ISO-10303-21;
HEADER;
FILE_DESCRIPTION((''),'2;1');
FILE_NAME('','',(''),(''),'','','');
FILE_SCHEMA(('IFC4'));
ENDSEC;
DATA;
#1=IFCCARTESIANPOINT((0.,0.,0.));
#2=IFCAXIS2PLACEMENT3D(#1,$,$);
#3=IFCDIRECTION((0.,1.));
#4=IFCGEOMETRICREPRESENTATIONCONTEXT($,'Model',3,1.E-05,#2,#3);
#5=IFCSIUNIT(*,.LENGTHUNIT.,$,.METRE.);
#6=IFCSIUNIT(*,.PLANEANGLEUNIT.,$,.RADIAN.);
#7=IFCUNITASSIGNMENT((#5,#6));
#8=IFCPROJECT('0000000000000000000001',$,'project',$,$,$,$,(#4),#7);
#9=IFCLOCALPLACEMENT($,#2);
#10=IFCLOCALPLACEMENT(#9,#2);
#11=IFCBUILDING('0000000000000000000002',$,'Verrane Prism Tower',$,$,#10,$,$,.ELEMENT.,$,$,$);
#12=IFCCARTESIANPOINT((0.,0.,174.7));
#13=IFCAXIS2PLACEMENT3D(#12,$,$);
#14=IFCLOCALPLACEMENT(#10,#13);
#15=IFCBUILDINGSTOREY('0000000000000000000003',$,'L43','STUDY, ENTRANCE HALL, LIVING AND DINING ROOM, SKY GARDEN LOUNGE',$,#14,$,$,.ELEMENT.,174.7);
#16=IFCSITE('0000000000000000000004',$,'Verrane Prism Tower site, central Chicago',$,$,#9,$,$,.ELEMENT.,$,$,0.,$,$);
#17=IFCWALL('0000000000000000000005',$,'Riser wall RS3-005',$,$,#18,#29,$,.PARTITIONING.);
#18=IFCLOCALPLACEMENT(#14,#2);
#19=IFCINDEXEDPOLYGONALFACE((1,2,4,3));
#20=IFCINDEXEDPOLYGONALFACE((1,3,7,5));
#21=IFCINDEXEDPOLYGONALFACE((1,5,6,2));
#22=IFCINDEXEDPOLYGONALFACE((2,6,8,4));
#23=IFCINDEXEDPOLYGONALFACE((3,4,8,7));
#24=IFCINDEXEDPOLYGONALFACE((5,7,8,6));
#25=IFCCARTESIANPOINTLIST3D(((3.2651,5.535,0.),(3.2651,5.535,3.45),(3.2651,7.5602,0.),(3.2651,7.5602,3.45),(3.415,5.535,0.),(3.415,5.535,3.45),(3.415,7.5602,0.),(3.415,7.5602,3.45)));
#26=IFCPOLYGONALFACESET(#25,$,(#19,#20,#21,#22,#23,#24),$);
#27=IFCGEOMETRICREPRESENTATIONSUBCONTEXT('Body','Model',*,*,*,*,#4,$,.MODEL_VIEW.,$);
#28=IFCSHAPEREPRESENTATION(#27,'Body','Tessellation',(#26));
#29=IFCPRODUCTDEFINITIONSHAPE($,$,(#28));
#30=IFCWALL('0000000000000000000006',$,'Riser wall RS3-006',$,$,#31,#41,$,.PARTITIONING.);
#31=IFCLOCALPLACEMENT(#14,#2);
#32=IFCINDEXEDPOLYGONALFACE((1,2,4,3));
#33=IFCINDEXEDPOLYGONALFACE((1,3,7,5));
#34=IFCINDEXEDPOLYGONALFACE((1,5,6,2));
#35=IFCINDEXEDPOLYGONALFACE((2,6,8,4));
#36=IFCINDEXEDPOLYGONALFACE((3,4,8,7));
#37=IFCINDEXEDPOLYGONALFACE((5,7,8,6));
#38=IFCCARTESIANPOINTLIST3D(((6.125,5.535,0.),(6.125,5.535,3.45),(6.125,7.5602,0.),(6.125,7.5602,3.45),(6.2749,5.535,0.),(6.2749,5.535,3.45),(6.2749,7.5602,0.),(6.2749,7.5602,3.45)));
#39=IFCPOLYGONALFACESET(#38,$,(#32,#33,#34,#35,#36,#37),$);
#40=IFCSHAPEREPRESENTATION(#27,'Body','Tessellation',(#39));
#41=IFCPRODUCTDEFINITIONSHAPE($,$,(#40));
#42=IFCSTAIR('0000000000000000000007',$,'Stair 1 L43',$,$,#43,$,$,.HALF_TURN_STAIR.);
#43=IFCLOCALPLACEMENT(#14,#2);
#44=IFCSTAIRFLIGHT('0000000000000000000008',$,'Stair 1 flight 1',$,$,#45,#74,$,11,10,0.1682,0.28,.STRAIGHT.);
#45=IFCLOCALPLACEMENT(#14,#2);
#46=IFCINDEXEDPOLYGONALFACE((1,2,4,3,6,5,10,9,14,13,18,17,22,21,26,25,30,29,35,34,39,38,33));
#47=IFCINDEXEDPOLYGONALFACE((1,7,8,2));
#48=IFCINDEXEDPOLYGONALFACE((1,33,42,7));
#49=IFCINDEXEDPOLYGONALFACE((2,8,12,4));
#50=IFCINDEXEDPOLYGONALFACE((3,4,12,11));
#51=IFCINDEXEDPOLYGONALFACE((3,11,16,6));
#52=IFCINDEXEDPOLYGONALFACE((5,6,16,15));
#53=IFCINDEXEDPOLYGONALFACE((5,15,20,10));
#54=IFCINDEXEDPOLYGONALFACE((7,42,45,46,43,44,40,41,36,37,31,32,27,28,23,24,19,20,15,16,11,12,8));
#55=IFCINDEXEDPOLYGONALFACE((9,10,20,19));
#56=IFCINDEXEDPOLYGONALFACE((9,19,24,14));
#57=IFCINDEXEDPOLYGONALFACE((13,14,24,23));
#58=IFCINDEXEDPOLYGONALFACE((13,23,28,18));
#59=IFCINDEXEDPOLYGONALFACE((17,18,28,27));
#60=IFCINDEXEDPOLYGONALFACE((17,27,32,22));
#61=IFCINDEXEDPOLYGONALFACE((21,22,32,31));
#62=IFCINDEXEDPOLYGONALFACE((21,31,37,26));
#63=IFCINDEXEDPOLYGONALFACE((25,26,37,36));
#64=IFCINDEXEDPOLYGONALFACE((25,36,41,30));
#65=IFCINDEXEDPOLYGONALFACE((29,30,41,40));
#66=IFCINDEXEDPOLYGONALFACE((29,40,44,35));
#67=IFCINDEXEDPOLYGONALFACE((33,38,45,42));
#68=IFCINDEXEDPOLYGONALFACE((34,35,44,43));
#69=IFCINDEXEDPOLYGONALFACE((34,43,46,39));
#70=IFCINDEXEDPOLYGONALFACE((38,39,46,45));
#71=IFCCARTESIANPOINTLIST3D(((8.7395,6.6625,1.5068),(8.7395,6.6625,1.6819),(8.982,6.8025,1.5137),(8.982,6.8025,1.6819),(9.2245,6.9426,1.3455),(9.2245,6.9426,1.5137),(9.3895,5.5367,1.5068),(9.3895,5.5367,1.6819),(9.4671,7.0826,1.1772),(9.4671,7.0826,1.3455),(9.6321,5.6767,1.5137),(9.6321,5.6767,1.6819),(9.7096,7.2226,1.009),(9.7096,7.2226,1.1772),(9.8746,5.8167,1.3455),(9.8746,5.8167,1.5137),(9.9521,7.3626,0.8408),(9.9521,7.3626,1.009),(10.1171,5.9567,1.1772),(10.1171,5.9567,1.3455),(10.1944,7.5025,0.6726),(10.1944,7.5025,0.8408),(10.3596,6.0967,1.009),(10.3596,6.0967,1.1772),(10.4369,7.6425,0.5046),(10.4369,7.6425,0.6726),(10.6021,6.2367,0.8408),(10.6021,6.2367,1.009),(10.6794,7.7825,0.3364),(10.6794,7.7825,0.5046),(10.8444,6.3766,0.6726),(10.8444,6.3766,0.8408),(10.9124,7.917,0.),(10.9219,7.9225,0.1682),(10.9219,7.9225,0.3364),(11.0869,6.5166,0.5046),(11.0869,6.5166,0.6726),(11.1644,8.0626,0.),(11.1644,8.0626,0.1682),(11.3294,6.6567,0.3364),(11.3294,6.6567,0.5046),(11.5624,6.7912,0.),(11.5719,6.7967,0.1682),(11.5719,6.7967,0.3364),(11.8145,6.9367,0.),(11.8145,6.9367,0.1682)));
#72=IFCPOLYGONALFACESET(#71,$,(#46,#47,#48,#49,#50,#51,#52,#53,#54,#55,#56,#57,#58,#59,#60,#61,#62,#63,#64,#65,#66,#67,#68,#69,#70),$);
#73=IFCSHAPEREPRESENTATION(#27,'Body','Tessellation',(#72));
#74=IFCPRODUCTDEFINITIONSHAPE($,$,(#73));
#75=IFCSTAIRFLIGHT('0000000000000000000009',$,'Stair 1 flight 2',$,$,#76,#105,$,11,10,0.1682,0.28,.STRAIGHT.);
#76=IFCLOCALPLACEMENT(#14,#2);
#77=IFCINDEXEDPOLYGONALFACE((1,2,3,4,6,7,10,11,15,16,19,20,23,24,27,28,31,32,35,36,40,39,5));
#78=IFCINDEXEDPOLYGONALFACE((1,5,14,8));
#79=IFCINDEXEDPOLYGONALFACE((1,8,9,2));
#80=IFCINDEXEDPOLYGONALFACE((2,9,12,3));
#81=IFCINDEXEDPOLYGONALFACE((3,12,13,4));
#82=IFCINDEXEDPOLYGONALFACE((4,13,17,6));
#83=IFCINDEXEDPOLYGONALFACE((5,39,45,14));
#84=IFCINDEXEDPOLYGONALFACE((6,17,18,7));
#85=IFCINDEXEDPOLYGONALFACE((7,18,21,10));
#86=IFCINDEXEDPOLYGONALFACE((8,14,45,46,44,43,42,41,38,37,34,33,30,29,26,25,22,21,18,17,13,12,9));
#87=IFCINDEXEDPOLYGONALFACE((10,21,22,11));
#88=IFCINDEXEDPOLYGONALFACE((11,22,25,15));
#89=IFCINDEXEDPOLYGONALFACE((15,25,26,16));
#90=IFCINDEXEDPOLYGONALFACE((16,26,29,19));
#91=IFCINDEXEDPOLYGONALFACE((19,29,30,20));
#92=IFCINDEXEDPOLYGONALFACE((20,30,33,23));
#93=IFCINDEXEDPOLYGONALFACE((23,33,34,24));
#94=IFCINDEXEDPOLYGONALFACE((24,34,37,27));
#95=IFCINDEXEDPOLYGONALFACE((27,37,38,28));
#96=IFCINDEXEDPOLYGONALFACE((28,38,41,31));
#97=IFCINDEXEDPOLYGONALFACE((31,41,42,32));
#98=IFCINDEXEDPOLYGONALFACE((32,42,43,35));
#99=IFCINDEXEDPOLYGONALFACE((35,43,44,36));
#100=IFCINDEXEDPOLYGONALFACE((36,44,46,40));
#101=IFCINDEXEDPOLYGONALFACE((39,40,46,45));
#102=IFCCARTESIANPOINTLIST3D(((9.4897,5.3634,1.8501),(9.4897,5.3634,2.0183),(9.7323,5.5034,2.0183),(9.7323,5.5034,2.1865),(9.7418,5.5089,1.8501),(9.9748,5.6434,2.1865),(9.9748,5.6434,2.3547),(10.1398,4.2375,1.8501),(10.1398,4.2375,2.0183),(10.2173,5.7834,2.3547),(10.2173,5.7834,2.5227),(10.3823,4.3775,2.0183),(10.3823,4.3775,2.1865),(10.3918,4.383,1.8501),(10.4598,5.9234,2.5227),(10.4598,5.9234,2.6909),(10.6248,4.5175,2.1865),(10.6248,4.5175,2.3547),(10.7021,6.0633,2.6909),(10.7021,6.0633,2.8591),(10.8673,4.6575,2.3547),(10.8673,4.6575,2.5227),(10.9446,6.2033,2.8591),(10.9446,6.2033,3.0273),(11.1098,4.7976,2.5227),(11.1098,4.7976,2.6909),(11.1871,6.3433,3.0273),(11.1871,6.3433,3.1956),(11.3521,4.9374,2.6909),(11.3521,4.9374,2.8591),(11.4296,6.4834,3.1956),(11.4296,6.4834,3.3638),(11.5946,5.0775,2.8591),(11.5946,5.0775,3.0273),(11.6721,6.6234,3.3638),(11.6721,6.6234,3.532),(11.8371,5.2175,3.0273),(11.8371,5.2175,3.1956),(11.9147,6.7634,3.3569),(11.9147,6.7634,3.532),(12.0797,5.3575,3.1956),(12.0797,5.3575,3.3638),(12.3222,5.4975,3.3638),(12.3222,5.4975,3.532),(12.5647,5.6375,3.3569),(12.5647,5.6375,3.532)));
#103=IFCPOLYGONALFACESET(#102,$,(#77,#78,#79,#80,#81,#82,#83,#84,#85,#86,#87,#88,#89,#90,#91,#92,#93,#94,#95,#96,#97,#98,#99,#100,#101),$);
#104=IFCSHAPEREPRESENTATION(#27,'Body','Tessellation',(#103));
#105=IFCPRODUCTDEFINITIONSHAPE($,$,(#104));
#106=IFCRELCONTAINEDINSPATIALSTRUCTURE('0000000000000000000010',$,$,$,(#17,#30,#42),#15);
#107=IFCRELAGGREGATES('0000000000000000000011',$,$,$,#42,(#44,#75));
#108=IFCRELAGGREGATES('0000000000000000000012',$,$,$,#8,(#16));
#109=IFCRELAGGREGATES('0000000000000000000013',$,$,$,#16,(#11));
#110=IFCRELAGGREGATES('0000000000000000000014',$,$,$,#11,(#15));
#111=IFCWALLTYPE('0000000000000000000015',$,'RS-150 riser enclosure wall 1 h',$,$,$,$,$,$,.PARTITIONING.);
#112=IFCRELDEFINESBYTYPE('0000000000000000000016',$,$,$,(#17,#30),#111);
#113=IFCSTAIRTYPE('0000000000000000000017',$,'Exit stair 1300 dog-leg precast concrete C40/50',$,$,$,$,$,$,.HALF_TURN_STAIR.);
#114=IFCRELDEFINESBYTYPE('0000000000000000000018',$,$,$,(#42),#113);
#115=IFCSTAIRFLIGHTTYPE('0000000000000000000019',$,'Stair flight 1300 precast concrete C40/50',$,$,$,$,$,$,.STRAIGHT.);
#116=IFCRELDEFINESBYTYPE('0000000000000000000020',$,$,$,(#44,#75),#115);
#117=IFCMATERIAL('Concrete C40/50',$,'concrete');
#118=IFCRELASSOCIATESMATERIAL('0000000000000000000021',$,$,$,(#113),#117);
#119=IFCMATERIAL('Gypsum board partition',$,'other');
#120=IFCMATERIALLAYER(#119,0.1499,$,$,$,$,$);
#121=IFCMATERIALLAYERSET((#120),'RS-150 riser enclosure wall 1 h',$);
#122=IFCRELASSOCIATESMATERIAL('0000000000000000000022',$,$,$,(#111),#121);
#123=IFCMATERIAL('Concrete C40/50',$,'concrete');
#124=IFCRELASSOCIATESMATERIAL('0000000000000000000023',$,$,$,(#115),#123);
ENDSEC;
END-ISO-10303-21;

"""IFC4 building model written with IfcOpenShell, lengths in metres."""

from ifc_helpers import new_model, si_unit, direction, frame, frame_2d, origin, place, context, subcontext, project, spatial, polyline, rectangle, outline, extrude, material, layer, layer_set, type_object, element, aggregate, save


model = new_model("IFC4")

# Units and contexts
model_context = context("Model", 3, precision=1e-05, world=origin(), true_north=direction((0.0, 1.0)))
body_context = subcontext(model_context, "Body", "Model", "MODEL_VIEW")
ifc_project = project(units=[si_unit("LENGTHUNIT", "METRE"), si_unit("PLANEANGLEUNIT", "RADIAN")], contexts=[model_context])

# Site, building, storey
site_placement = place(None, origin())
site = spatial("IfcSite", under=ifc_project, at=site_placement, Name="Verrane Prism Tower site, central Chicago", CompositionType="ELEMENT", RefElevation=0.0)
building_placement = place(site_placement, origin())
building = spatial("IfcBuilding", under=site, at=building_placement, Name="Verrane Prism Tower", CompositionType="ELEMENT")
storey_placement = place(building_placement, frame((0.0, 0.0, 174.7)))
storey = spatial("IfcBuildingStorey", under=building, at=storey_placement, Name="L43", Description="STUDY, ENTRANCE HALL, LIVING AND DINING ROOM, SKY GARDEN LOUNGE", CompositionType="ELEMENT", Elevation=174.7)

# Shared definitions
ifc_material_1 = material(Name="Concrete C40/50", Category="concrete")
stair_type = type_object("IfcStairType", Name="Exit stair 1300 dog-leg precast concrete C40/50", PredefinedType="HALF_TURN_STAIR", material=ifc_material_1)

# Shared definitions
ifc_material_2 = material(Name="Gypsum board partition", Category="other")
ifc_layer_1 = layer(ifc_material_2, 0.1499)
ifc_layer_set_1 = layer_set([ifc_layer_1], Name="RS-150 riser enclosure wall 1 h")
wall_type_1 = type_object("IfcWallType", Name="RS-150 riser enclosure wall 1 h", PredefinedType="PARTITIONING", material=ifc_layer_set_1)

# Walls
for number, where, z_axis, x_axis, name in (
    (1, (3.3401, 5.5349, 0.0), (0.0, 0.0, 1.0), (0.0, 1.0, 0.0), "Riser wall RS3-005"),
    (2, (6.2, 5.5349, 0.0), (0.0, 0.0, 1.0), (0.0, 1.0, 0.0), "Riser wall RS3-006"),
):
    element("IfcWall", number, at=place(storey_placement, frame(where, z_axis=z_axis, x_axis=x_axis)), inside=storey, type_object=wall_type_1, Name=name, PredefinedType="PARTITIONING", context=body_context, shape_type="SweptSolid", body=[
        extrude(rectangle(XDim=2.0251, YDim=0.1499, at=frame_2d((1.0127, 0.0))), origin(), (0.0, 0.0, 1.0), 3.45),
    ])

# Stair, stair flights
stair_1_placement = place(storey_placement, origin())
stair_1 = element("IfcStair", 3, at=stair_1_placement, inside=storey, type_object=stair_type, Name="Stair 1 L43", PredefinedType="HALF_TURN_STAIR")
ifc_material_3 = material(Name="Concrete C40/50", Category="concrete")
stair_flight_type = type_object("IfcStairFlightType", Name="Stair flight 1300 precast concrete C40/50", PredefinedType="STRAIGHT", material=ifc_material_3)
stair_flight_1_placement = place(storey_placement, frame((11.4895, 7.4995, 0.0), z_axis=(0.0, 0.0, 1.0), x_axis=(-0.866025, -0.5, 0.0)))
stair_flight_1 = element("IfcStairFlight", 4, at=stair_flight_1_placement, type_object=stair_flight_type, Name="Stair 1 flight 1", NumberOfRisers=11, NumberOfTreads=10, PredefinedType="STRAIGHT", RiserHeight=0.1682, TreadLength=0.28, context=body_context, shape_type="SweptSolid", body=[
    extrude(outline(polyline([(0.0, 0.0), (0.0, 0.1682), (0.28, 0.1682), (0.28, 0.3364), (0.5601, 0.3364), (0.5601, 0.5046), (0.8401, 0.5046), (0.8401, 0.6726), (1.1201, 0.6726), (1.1201, 0.8408), (1.3999, 0.8408), (1.3999, 1.009), (1.6799, 1.009), (1.6799, 1.1772), (1.96, 1.1772), (1.96, 1.3455), (2.24, 1.3455), (2.24, 1.5137), (2.52, 1.5137), (2.52, 1.6819), (2.8, 1.6819), (2.8, 1.8501), (2.8, 1.5068), (0.291, 0.0), (0.0, 0.0)])), frame((0.0, 0.6499, 0.0), z_axis=(0.0, -1.0, 0.0), x_axis=(1.0, 0.0, 0.0)), (0.0, 0.0, 1.0), 1.3),
])
stair_flight_2_placement = place(storey_placement, frame((9.8147, 4.8005, 1.8501), z_axis=(0.0, 0.0, 1.0), x_axis=(0.866025, 0.5, 0.0)))
stair_flight_2 = element("IfcStairFlight", 5, at=stair_flight_2_placement, type_object=stair_flight_type, Name="Stair 1 flight 2", NumberOfRisers=11, NumberOfTreads=10, PredefinedType="STRAIGHT", RiserHeight=0.1682, TreadLength=0.28, context=body_context, shape_type="SweptSolid", body=[
    extrude(outline(polyline([(0.0, 0.0), (0.0, 0.1682), (0.28, 0.1682), (0.28, 0.3364), (0.5601, 0.3364), (0.5601, 0.5046), (0.8401, 0.5046), (0.8401, 0.6726), (1.1201, 0.6726), (1.1201, 0.8408), (1.3999, 0.8408), (1.3999, 1.009), (1.6799, 1.009), (1.6799, 1.1772), (1.96, 1.1772), (1.96, 1.3455), (2.24, 1.3455), (2.24, 1.5137), (2.52, 1.5137), (2.52, 1.6819), (2.8, 1.6819), (2.8, 1.8501), (2.8, 1.5068), (0.291, 0.0), (0.0, 0.0)])), frame((0.0, 0.6499, 0.0), z_axis=(0.0, -1.0, 0.0), x_axis=(1.0, 0.0, 0.0)), (0.0, 0.0, 1.0), 1.3),
])
aggregate(stair_1, [stair_flight_1, stair_flight_2])

save(model, "model.ifc")
